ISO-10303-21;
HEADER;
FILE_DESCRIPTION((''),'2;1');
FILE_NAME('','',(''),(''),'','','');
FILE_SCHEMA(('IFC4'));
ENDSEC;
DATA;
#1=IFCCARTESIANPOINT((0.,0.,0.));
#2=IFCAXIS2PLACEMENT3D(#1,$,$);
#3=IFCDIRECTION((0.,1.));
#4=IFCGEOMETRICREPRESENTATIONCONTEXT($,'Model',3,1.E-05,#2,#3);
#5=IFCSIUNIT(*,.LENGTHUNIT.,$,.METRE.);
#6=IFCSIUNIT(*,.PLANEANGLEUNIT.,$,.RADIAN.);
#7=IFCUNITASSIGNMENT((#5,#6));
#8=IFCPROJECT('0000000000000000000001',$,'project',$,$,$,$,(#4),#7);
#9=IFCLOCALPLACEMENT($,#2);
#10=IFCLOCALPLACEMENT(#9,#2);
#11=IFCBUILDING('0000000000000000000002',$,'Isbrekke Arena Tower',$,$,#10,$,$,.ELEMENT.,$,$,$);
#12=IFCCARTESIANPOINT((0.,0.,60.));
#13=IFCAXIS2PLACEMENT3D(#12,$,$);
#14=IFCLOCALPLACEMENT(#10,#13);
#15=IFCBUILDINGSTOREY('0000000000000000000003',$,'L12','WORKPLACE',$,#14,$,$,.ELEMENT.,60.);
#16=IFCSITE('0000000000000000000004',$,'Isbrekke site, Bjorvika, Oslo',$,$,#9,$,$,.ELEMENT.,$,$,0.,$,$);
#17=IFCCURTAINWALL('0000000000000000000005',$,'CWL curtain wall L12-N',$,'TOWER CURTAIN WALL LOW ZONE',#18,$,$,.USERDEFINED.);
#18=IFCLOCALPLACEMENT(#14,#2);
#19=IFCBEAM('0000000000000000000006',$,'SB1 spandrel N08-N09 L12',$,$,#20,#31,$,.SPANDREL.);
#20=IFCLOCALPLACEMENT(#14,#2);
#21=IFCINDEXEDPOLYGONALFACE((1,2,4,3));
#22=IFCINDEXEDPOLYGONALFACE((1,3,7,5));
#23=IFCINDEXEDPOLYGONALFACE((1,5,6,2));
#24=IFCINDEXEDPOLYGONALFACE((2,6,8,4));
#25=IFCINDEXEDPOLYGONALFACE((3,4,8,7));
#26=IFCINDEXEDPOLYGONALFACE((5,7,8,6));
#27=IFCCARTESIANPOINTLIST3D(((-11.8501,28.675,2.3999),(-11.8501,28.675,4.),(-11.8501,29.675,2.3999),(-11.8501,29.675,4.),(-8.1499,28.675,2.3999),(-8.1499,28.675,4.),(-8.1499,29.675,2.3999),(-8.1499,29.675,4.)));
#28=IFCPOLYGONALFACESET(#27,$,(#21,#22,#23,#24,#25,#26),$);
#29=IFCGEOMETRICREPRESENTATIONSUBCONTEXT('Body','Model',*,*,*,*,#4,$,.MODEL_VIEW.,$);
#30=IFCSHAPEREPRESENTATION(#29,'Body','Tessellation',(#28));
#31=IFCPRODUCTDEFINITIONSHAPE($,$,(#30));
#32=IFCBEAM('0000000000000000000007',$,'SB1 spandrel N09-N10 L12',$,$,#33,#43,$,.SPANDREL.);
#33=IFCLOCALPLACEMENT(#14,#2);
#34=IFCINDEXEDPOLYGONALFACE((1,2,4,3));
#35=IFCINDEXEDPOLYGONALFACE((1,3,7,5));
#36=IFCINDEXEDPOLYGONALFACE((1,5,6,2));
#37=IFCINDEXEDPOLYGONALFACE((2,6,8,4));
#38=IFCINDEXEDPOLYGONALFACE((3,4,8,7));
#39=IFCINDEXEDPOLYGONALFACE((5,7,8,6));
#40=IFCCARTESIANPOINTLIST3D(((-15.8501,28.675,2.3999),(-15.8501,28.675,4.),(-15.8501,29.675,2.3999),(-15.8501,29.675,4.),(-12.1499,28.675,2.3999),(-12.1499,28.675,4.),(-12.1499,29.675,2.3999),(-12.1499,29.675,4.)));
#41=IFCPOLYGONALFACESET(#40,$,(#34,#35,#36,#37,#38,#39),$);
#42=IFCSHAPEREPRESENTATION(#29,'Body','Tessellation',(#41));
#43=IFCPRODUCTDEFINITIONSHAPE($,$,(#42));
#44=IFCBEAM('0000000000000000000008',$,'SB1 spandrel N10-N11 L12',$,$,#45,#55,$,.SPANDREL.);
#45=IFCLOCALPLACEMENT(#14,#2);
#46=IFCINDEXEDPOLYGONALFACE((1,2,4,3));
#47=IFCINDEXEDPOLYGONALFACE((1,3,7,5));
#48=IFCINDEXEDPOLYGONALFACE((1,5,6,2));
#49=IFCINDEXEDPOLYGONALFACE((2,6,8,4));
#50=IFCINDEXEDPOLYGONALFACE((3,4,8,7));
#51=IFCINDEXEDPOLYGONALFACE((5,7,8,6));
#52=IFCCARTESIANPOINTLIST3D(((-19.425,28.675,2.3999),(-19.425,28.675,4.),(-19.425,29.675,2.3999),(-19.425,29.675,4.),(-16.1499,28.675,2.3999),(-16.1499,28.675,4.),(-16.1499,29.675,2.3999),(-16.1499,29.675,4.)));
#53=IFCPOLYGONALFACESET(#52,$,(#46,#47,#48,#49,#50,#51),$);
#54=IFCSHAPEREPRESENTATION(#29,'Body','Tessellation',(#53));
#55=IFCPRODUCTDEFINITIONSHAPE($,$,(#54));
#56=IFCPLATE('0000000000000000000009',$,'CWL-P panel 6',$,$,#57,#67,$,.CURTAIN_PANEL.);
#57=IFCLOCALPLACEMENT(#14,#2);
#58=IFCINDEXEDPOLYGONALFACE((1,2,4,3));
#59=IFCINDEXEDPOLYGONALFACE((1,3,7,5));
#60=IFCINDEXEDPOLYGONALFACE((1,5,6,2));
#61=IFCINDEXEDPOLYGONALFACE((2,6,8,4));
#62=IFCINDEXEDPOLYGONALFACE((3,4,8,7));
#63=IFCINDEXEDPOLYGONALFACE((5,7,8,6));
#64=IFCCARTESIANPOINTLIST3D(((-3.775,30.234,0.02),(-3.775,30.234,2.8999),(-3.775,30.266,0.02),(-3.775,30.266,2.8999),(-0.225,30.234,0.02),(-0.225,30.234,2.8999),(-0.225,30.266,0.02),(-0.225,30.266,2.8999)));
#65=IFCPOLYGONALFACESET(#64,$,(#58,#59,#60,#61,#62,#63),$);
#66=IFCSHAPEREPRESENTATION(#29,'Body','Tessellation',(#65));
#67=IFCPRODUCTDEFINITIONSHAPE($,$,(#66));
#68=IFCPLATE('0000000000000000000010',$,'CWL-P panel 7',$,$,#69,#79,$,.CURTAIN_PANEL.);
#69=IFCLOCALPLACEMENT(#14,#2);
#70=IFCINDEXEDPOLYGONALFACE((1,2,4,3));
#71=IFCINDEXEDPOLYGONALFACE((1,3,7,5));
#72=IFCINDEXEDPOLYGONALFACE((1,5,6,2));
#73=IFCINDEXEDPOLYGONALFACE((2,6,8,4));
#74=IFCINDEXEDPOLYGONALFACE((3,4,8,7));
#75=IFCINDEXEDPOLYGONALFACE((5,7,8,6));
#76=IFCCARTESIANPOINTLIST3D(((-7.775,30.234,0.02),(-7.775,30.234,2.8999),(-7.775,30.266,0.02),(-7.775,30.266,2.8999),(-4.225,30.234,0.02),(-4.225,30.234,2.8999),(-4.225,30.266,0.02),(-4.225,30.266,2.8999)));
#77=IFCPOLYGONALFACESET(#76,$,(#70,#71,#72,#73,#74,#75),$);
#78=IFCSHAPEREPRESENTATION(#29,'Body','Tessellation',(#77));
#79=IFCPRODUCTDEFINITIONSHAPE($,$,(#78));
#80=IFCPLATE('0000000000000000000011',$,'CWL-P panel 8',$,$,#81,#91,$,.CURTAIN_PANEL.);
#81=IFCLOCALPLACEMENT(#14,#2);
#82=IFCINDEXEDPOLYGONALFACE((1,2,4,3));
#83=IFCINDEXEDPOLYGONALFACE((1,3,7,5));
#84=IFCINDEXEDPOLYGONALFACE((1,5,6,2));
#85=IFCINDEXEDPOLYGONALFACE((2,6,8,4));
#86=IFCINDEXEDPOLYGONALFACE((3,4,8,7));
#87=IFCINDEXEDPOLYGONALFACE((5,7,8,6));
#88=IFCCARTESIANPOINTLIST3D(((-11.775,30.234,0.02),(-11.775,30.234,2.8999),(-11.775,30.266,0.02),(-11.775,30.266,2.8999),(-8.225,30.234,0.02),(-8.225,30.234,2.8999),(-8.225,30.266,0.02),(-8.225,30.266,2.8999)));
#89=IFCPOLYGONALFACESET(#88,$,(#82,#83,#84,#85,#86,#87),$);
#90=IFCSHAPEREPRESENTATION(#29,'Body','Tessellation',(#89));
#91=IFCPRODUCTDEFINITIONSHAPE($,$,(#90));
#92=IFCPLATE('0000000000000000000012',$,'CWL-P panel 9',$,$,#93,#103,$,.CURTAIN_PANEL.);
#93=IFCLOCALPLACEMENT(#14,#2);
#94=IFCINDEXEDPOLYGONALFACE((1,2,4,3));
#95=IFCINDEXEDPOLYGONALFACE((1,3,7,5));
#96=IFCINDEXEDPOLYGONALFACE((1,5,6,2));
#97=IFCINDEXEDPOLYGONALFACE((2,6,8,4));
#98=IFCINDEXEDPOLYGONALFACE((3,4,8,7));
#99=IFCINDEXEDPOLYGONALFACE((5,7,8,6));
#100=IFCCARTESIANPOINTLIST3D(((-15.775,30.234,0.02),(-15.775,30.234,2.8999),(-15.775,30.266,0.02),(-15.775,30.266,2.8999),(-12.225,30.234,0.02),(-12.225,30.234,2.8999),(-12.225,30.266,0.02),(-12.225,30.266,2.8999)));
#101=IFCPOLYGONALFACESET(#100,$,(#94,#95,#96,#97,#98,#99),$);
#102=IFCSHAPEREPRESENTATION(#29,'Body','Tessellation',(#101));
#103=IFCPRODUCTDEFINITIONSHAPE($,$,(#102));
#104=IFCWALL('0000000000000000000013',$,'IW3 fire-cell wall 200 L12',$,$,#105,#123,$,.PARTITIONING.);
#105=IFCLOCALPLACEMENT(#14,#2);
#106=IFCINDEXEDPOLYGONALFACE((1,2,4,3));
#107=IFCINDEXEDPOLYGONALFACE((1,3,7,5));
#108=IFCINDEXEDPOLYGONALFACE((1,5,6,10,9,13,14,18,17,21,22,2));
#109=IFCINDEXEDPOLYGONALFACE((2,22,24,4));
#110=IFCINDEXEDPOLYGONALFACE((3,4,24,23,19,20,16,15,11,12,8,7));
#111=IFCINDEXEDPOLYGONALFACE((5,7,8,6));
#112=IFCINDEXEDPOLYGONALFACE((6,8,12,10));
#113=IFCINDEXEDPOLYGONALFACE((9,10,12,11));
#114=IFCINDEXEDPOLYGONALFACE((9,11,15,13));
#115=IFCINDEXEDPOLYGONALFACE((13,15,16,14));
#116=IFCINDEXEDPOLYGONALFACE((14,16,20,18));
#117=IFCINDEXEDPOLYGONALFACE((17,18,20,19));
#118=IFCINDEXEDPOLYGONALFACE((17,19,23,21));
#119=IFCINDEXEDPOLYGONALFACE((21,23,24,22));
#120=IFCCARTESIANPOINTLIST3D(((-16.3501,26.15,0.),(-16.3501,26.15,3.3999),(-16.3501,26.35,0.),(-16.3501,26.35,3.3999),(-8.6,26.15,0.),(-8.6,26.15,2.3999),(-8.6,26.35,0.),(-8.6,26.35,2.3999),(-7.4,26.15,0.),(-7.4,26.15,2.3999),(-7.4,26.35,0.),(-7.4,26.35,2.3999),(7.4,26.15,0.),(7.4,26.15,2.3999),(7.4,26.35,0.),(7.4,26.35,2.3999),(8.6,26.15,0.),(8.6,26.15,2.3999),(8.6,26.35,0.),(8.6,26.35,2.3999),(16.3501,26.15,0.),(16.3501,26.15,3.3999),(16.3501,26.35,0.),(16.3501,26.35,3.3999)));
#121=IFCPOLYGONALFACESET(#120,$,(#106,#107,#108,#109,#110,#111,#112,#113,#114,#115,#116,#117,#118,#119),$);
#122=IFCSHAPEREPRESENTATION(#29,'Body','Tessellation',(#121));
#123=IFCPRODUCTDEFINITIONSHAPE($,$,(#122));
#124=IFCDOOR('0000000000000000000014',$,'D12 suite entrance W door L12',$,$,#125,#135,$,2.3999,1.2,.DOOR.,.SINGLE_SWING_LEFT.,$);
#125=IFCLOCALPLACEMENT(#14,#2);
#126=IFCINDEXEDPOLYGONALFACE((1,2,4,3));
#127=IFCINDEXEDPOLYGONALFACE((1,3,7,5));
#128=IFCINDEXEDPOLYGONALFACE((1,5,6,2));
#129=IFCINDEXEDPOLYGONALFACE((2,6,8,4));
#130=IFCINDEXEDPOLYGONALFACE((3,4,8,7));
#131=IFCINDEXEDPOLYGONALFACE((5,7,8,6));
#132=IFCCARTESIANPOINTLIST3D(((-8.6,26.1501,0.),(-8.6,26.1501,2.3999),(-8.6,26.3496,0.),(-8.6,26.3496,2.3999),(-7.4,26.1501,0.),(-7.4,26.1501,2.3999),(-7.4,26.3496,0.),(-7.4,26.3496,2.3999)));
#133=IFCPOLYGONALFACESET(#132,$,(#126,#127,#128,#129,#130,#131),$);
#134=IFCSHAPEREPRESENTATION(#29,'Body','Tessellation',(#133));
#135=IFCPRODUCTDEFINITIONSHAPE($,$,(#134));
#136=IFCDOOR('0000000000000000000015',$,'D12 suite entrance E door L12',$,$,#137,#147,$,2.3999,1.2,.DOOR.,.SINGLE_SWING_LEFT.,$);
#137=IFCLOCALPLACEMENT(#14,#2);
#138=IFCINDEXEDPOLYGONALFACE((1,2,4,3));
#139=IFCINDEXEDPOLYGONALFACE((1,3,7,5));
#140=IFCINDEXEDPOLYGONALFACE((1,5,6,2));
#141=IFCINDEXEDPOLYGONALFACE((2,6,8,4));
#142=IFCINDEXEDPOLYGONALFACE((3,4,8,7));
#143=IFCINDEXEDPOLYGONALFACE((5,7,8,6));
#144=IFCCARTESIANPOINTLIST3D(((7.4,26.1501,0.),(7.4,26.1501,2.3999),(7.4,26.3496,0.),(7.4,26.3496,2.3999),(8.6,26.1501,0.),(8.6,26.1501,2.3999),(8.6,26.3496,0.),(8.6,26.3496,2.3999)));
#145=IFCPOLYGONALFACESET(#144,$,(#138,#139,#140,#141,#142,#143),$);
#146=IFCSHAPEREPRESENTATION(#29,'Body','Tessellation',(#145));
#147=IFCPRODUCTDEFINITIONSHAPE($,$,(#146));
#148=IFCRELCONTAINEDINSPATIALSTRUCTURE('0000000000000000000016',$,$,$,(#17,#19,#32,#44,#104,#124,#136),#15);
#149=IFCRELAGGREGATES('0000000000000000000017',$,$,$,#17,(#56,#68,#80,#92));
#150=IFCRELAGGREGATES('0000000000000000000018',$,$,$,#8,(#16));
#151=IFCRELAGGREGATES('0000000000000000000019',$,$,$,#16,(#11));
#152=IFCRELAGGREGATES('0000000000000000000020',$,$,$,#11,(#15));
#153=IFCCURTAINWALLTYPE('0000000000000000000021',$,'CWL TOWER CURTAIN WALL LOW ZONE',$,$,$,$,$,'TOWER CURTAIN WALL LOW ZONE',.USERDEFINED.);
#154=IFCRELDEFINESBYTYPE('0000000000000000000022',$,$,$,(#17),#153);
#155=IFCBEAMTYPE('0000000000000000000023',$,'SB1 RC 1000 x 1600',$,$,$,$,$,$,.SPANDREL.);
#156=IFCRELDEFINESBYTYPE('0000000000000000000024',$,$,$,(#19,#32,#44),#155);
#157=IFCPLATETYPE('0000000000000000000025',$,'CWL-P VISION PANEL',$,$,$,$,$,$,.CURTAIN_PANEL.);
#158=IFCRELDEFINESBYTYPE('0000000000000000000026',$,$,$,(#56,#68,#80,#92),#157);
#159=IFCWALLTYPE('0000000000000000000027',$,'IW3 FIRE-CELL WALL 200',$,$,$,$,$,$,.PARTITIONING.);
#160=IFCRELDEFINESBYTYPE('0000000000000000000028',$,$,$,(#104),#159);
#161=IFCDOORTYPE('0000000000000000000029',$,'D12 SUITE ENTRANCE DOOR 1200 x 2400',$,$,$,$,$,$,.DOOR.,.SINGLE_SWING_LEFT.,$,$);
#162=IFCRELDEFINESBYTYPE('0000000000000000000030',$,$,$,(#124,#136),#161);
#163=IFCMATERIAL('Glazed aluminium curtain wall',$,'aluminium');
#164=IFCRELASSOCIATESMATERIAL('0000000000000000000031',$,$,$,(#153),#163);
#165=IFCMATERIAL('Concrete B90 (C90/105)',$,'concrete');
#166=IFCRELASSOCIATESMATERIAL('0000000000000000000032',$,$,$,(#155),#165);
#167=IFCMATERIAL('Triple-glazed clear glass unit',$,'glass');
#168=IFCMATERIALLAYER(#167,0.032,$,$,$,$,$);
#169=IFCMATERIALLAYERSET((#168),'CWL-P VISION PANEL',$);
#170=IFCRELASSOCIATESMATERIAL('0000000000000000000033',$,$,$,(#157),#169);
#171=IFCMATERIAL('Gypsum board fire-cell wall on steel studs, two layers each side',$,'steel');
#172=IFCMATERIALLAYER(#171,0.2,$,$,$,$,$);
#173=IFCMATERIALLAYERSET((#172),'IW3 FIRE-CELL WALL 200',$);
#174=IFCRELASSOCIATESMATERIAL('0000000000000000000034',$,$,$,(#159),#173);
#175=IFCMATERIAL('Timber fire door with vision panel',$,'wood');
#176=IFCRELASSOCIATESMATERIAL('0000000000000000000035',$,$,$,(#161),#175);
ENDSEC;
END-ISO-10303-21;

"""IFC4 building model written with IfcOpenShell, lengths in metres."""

from ifc_helpers import new_model, si_unit, direction, frame, frame_2d, origin, origin_2d, place, context, subcontext, project, spatial, rectangle, extrude, material, layer, layer_set, material_profile, profile_set, type_object, element, fill, aggregate, save


model = new_model("IFC4")

# Units and contexts
model_context = context("Model", 3, precision=1e-05, world=origin(), true_north=direction((0.0, 1.0)))
body_context = subcontext(model_context, "Body", "Model", "MODEL_VIEW")
ifc_project = project(units=[si_unit("LENGTHUNIT", "METRE"), si_unit("PLANEANGLEUNIT", "RADIAN")], contexts=[model_context])

# Site, building, storey
site_placement = place(None, origin())
site = spatial("IfcSite", under=ifc_project, at=site_placement, Name="Isbrekke site, Bjorvika, Oslo", CompositionType="ELEMENT", RefElevation=0.0)
building_placement = place(site_placement, origin())
building = spatial("IfcBuilding", under=site, at=building_placement, Name="Isbrekke Arena Tower", CompositionType="ELEMENT")
storey_placement = place(building_placement, frame((0.0, 0.0, 60.0)))
storey = spatial("IfcBuildingStorey", under=building, at=storey_placement, Name="L12", Description="WORKPLACE", CompositionType="ELEMENT", Elevation=60.0)

# Curtain wall
ifc_material_1 = material(Name="Glazed aluminium curtain wall", Category="aluminium")
curtain_wall_type = type_object("IfcCurtainWallType", Name="CWL TOWER CURTAIN WALL LOW ZONE", ElementType="TOWER CURTAIN WALL LOW ZONE", PredefinedType="USERDEFINED", material=ifc_material_1)
curtain_wall_placement = place(storey_placement, origin())
curtain_wall = element("IfcCurtainWall", 1, at=curtain_wall_placement, inside=storey, type_object=curtain_wall_type, Name="CWL curtain wall L12-N", ObjectType="TOWER CURTAIN WALL LOW ZONE", PredefinedType="USERDEFINED")

# Beams
ifc_material_2 = material(Name="Concrete B90 (C90/105)", Category="concrete")
ifc_material_profile_1 = material_profile(ifc_material_2, rectangle(XDim=1.0, YDim=1.6001, at=origin_2d()), Name="RC 1000x1600")
ifc_profile_set_1 = profile_set([ifc_material_profile_1], Name="Concrete B90 (C90/105)")
beam_type_1 = type_object("IfcBeamType", Name="SB1 RC 1000 x 1600", PredefinedType="SPANDREL", material=ifc_profile_set_1)
for number, where, z_axis, x_axis, name in (
    (2, (-8.1499, 29.175, 3.2), (-1.0, 0.0, 0.0), (0.0, -1.0, 0.0), "SB1 spandrel N08-N09 L12"),
    (3, (-12.1499, 29.175, 3.2), (-1.0, 0.0, 0.0), (0.0, -1.0, 0.0), "SB1 spandrel N09-N10 L12"),
):
    element("IfcBeam", number, at=place(storey_placement, frame(where, z_axis=z_axis, x_axis=x_axis)), inside=storey, type_object=beam_type_1, Name=name, PredefinedType="SPANDREL", context=body_context, shape_type="SweptSolid", body=[
        extrude(rectangle(XDim=1.0, YDim=1.6001, at=origin_2d()), origin(), (0.0, 0.0, 1.0), 3.7002),
    ])
beam_1_placement = place(storey_placement, frame((-16.1499, 29.175, 3.2), z_axis=(-1.0, 0.0, 0.0), x_axis=(0.0, -1.0, 0.0)))
element("IfcBeam", 4, at=beam_1_placement, inside=storey, type_object=beam_type_1, Name="SB1 spandrel N10-N11 L12", PredefinedType="SPANDREL", context=body_context, shape_type="SweptSolid", body=[
    extrude(rectangle(XDim=1.0, YDim=1.6001, at=origin_2d()), origin(), (0.0, 0.0, 1.0), 3.2751),
])

# Plates
ifc_material_3 = material(Name="Triple-glazed clear glass unit", Category="glass")
ifc_layer_1 = layer(ifc_material_3, 0.032)
ifc_layer_set_1 = layer_set([ifc_layer_1], Name="CWL-P VISION PANEL")
plate_type = type_object("IfcPlateType", Name="CWL-P VISION PANEL", PredefinedType="CURTAIN_PANEL", material=ifc_layer_set_1)
plate_1_placement = place(storey_placement, frame((-2.0, 30.25, 0.02), z_axis=(0.0, 0.0, 1.0), x_axis=(-1.0, 0.0, 0.0)))
plate_1 = element("IfcPlate", 5, at=plate_1_placement, type_object=plate_type, Name="CWL-P panel 6", PredefinedType="CURTAIN_PANEL", context=body_context, shape_type="SweptSolid", body=[
    extrude(rectangle(XDim=3.55, YDim=0.032, at=origin_2d()), origin(), (0.0, 0.0, 1.0), 2.8799),
])
plate_2_placement = place(storey_placement, frame((-6.0, 30.25, 0.02), z_axis=(0.0, 0.0, 1.0), x_axis=(-1.0, 0.0, 0.0)))
plate_2 = element("IfcPlate", 6, at=plate_2_placement, type_object=plate_type, Name="CWL-P panel 7", PredefinedType="CURTAIN_PANEL", context=body_context, shape_type="SweptSolid", body=[
    extrude(rectangle(XDim=3.55, YDim=0.032, at=origin_2d()), origin(), (0.0, 0.0, 1.0), 2.8799),
])
plate_3_placement = place(storey_placement, frame((-10.0, 30.25, 0.02), z_axis=(0.0, 0.0, 1.0), x_axis=(-1.0, 0.0, 0.0)))
plate_3 = element("IfcPlate", 7, at=plate_3_placement, type_object=plate_type, Name="CWL-P panel 8", PredefinedType="CURTAIN_PANEL", context=body_context, shape_type="SweptSolid", body=[
    extrude(rectangle(XDim=3.55, YDim=0.032, at=origin_2d()), origin(), (0.0, 0.0, 1.0), 2.8799),
])
plate_4_placement = place(storey_placement, frame((-14.0, 30.25, 0.02), z_axis=(0.0, 0.0, 1.0), x_axis=(-1.0, 0.0, 0.0)))
plate_4 = element("IfcPlate", 8, at=plate_4_placement, type_object=plate_type, Name="CWL-P panel 9", PredefinedType="CURTAIN_PANEL", context=body_context, shape_type="SweptSolid", body=[
    extrude(rectangle(XDim=3.55, YDim=0.032, at=origin_2d()), origin(), (0.0, 0.0, 1.0), 2.8799),
])
aggregate(curtain_wall, [plate_1, plate_2, plate_3, plate_4])

# Wall, openings, doors
ifc_material_4 = material(Name="Gypsum board fire-cell wall on steel studs, two layers each side", Category="steel")
ifc_layer_2 = layer(ifc_material_4, 0.2)
ifc_layer_set_2 = layer_set([ifc_layer_2], Name="IW3 FIRE-CELL WALL 200")
wall_type = type_object("IfcWallType", Name="IW3 FIRE-CELL WALL 200", PredefinedType="PARTITIONING", material=ifc_layer_set_2)
wall_placement = place(storey_placement, frame((-16.3501, 26.25, 0.0), z_axis=(0.0, 0.0, 1.0), x_axis=(1.0, 0.0, 0.0)))
wall = element("IfcWall", 9, at=wall_placement, inside=storey, type_object=wall_type, Name="IW3 fire-cell wall 200 L12", PredefinedType="PARTITIONING", context=body_context, shape_type="SweptSolid", body=[
    extrude(rectangle(XDim=32.7002, YDim=0.2, at=frame_2d((16.3501, 0.0))), origin(), (0.0, 0.0, 1.0), 3.3999),
])
opening_1_placement = place(wall_placement, frame((7.75, 0.0, 0.0)))
opening_1 = element("IfcOpeningElement", 10, at=opening_1_placement, cuts=wall, PredefinedType="OPENING", context=body_context, shape_type="SweptSolid", body=[
    extrude(rectangle(XDim=1.2, YDim=2.3999, at=frame_2d((0.6001, 1.2))), frame((0.0, 0.1147, 0.0), z_axis=(0.0, -1.0, 0.0), x_axis=(1.0, 0.0, 0.0)), (0.0, 0.0, 1.0), 0.2297),
])
opening_2_placement = place(wall_placement, frame((23.75, 0.0, 0.0)))
opening_2 = element("IfcOpeningElement", 11, at=opening_2_placement, cuts=wall, PredefinedType="OPENING", context=body_context, shape_type="SweptSolid", body=[
    extrude(rectangle(XDim=1.2, YDim=2.3999, at=frame_2d((0.6001, 1.2))), frame((0.0, 0.1147, 0.0), z_axis=(0.0, -1.0, 0.0), x_axis=(1.0, 0.0, 0.0)), (0.0, 0.0, 1.0), 0.2297),
])
ifc_material_5 = material(Name="Timber fire door with vision panel", Category="wood")
door_type = type_object("IfcDoorType", Name="D12 SUITE ENTRANCE DOOR 1200 x 2400", OperationType="SINGLE_SWING_LEFT", PredefinedType="DOOR", material=ifc_material_5)
door_1_placement = place(opening_1_placement, origin())
door_1 = element("IfcDoor", 12, at=door_1_placement, inside=storey, type_object=door_type, Name="D12 suite entrance W door L12", OperationType="SINGLE_SWING_LEFT", OverallHeight=2.3999, OverallWidth=1.2, PredefinedType="DOOR", context=body_context, shape_type="SweptSolid", body=[
    extrude(rectangle(XDim=1.2, YDim=2.3999, at=frame_2d((0.6001, 1.2))), frame((0.0, 0.0996, 0.0), z_axis=(0.0, -1.0, 0.0), x_axis=(1.0, 0.0, 0.0)), (0.0, 0.0, 1.0), 0.1995),
])
fill(opening_1, door_1)
door_2_placement = place(opening_2_placement, origin())
door_2 = element("IfcDoor", 13, at=door_2_placement, inside=storey, type_object=door_type, Name="D12 suite entrance E door L12", OperationType="SINGLE_SWING_LEFT", OverallHeight=2.3999, OverallWidth=1.2, PredefinedType="DOOR", context=body_context, shape_type="SweptSolid", body=[
    extrude(rectangle(XDim=1.2, YDim=2.3999, at=frame_2d((0.6001, 1.2))), frame((0.0, 0.0996, 0.0), z_axis=(0.0, -1.0, 0.0), x_axis=(1.0, 0.0, 0.0)), (0.0, 0.0, 1.0), 0.1995),
])
fill(opening_2, door_2)

save(model, "model.ifc")
